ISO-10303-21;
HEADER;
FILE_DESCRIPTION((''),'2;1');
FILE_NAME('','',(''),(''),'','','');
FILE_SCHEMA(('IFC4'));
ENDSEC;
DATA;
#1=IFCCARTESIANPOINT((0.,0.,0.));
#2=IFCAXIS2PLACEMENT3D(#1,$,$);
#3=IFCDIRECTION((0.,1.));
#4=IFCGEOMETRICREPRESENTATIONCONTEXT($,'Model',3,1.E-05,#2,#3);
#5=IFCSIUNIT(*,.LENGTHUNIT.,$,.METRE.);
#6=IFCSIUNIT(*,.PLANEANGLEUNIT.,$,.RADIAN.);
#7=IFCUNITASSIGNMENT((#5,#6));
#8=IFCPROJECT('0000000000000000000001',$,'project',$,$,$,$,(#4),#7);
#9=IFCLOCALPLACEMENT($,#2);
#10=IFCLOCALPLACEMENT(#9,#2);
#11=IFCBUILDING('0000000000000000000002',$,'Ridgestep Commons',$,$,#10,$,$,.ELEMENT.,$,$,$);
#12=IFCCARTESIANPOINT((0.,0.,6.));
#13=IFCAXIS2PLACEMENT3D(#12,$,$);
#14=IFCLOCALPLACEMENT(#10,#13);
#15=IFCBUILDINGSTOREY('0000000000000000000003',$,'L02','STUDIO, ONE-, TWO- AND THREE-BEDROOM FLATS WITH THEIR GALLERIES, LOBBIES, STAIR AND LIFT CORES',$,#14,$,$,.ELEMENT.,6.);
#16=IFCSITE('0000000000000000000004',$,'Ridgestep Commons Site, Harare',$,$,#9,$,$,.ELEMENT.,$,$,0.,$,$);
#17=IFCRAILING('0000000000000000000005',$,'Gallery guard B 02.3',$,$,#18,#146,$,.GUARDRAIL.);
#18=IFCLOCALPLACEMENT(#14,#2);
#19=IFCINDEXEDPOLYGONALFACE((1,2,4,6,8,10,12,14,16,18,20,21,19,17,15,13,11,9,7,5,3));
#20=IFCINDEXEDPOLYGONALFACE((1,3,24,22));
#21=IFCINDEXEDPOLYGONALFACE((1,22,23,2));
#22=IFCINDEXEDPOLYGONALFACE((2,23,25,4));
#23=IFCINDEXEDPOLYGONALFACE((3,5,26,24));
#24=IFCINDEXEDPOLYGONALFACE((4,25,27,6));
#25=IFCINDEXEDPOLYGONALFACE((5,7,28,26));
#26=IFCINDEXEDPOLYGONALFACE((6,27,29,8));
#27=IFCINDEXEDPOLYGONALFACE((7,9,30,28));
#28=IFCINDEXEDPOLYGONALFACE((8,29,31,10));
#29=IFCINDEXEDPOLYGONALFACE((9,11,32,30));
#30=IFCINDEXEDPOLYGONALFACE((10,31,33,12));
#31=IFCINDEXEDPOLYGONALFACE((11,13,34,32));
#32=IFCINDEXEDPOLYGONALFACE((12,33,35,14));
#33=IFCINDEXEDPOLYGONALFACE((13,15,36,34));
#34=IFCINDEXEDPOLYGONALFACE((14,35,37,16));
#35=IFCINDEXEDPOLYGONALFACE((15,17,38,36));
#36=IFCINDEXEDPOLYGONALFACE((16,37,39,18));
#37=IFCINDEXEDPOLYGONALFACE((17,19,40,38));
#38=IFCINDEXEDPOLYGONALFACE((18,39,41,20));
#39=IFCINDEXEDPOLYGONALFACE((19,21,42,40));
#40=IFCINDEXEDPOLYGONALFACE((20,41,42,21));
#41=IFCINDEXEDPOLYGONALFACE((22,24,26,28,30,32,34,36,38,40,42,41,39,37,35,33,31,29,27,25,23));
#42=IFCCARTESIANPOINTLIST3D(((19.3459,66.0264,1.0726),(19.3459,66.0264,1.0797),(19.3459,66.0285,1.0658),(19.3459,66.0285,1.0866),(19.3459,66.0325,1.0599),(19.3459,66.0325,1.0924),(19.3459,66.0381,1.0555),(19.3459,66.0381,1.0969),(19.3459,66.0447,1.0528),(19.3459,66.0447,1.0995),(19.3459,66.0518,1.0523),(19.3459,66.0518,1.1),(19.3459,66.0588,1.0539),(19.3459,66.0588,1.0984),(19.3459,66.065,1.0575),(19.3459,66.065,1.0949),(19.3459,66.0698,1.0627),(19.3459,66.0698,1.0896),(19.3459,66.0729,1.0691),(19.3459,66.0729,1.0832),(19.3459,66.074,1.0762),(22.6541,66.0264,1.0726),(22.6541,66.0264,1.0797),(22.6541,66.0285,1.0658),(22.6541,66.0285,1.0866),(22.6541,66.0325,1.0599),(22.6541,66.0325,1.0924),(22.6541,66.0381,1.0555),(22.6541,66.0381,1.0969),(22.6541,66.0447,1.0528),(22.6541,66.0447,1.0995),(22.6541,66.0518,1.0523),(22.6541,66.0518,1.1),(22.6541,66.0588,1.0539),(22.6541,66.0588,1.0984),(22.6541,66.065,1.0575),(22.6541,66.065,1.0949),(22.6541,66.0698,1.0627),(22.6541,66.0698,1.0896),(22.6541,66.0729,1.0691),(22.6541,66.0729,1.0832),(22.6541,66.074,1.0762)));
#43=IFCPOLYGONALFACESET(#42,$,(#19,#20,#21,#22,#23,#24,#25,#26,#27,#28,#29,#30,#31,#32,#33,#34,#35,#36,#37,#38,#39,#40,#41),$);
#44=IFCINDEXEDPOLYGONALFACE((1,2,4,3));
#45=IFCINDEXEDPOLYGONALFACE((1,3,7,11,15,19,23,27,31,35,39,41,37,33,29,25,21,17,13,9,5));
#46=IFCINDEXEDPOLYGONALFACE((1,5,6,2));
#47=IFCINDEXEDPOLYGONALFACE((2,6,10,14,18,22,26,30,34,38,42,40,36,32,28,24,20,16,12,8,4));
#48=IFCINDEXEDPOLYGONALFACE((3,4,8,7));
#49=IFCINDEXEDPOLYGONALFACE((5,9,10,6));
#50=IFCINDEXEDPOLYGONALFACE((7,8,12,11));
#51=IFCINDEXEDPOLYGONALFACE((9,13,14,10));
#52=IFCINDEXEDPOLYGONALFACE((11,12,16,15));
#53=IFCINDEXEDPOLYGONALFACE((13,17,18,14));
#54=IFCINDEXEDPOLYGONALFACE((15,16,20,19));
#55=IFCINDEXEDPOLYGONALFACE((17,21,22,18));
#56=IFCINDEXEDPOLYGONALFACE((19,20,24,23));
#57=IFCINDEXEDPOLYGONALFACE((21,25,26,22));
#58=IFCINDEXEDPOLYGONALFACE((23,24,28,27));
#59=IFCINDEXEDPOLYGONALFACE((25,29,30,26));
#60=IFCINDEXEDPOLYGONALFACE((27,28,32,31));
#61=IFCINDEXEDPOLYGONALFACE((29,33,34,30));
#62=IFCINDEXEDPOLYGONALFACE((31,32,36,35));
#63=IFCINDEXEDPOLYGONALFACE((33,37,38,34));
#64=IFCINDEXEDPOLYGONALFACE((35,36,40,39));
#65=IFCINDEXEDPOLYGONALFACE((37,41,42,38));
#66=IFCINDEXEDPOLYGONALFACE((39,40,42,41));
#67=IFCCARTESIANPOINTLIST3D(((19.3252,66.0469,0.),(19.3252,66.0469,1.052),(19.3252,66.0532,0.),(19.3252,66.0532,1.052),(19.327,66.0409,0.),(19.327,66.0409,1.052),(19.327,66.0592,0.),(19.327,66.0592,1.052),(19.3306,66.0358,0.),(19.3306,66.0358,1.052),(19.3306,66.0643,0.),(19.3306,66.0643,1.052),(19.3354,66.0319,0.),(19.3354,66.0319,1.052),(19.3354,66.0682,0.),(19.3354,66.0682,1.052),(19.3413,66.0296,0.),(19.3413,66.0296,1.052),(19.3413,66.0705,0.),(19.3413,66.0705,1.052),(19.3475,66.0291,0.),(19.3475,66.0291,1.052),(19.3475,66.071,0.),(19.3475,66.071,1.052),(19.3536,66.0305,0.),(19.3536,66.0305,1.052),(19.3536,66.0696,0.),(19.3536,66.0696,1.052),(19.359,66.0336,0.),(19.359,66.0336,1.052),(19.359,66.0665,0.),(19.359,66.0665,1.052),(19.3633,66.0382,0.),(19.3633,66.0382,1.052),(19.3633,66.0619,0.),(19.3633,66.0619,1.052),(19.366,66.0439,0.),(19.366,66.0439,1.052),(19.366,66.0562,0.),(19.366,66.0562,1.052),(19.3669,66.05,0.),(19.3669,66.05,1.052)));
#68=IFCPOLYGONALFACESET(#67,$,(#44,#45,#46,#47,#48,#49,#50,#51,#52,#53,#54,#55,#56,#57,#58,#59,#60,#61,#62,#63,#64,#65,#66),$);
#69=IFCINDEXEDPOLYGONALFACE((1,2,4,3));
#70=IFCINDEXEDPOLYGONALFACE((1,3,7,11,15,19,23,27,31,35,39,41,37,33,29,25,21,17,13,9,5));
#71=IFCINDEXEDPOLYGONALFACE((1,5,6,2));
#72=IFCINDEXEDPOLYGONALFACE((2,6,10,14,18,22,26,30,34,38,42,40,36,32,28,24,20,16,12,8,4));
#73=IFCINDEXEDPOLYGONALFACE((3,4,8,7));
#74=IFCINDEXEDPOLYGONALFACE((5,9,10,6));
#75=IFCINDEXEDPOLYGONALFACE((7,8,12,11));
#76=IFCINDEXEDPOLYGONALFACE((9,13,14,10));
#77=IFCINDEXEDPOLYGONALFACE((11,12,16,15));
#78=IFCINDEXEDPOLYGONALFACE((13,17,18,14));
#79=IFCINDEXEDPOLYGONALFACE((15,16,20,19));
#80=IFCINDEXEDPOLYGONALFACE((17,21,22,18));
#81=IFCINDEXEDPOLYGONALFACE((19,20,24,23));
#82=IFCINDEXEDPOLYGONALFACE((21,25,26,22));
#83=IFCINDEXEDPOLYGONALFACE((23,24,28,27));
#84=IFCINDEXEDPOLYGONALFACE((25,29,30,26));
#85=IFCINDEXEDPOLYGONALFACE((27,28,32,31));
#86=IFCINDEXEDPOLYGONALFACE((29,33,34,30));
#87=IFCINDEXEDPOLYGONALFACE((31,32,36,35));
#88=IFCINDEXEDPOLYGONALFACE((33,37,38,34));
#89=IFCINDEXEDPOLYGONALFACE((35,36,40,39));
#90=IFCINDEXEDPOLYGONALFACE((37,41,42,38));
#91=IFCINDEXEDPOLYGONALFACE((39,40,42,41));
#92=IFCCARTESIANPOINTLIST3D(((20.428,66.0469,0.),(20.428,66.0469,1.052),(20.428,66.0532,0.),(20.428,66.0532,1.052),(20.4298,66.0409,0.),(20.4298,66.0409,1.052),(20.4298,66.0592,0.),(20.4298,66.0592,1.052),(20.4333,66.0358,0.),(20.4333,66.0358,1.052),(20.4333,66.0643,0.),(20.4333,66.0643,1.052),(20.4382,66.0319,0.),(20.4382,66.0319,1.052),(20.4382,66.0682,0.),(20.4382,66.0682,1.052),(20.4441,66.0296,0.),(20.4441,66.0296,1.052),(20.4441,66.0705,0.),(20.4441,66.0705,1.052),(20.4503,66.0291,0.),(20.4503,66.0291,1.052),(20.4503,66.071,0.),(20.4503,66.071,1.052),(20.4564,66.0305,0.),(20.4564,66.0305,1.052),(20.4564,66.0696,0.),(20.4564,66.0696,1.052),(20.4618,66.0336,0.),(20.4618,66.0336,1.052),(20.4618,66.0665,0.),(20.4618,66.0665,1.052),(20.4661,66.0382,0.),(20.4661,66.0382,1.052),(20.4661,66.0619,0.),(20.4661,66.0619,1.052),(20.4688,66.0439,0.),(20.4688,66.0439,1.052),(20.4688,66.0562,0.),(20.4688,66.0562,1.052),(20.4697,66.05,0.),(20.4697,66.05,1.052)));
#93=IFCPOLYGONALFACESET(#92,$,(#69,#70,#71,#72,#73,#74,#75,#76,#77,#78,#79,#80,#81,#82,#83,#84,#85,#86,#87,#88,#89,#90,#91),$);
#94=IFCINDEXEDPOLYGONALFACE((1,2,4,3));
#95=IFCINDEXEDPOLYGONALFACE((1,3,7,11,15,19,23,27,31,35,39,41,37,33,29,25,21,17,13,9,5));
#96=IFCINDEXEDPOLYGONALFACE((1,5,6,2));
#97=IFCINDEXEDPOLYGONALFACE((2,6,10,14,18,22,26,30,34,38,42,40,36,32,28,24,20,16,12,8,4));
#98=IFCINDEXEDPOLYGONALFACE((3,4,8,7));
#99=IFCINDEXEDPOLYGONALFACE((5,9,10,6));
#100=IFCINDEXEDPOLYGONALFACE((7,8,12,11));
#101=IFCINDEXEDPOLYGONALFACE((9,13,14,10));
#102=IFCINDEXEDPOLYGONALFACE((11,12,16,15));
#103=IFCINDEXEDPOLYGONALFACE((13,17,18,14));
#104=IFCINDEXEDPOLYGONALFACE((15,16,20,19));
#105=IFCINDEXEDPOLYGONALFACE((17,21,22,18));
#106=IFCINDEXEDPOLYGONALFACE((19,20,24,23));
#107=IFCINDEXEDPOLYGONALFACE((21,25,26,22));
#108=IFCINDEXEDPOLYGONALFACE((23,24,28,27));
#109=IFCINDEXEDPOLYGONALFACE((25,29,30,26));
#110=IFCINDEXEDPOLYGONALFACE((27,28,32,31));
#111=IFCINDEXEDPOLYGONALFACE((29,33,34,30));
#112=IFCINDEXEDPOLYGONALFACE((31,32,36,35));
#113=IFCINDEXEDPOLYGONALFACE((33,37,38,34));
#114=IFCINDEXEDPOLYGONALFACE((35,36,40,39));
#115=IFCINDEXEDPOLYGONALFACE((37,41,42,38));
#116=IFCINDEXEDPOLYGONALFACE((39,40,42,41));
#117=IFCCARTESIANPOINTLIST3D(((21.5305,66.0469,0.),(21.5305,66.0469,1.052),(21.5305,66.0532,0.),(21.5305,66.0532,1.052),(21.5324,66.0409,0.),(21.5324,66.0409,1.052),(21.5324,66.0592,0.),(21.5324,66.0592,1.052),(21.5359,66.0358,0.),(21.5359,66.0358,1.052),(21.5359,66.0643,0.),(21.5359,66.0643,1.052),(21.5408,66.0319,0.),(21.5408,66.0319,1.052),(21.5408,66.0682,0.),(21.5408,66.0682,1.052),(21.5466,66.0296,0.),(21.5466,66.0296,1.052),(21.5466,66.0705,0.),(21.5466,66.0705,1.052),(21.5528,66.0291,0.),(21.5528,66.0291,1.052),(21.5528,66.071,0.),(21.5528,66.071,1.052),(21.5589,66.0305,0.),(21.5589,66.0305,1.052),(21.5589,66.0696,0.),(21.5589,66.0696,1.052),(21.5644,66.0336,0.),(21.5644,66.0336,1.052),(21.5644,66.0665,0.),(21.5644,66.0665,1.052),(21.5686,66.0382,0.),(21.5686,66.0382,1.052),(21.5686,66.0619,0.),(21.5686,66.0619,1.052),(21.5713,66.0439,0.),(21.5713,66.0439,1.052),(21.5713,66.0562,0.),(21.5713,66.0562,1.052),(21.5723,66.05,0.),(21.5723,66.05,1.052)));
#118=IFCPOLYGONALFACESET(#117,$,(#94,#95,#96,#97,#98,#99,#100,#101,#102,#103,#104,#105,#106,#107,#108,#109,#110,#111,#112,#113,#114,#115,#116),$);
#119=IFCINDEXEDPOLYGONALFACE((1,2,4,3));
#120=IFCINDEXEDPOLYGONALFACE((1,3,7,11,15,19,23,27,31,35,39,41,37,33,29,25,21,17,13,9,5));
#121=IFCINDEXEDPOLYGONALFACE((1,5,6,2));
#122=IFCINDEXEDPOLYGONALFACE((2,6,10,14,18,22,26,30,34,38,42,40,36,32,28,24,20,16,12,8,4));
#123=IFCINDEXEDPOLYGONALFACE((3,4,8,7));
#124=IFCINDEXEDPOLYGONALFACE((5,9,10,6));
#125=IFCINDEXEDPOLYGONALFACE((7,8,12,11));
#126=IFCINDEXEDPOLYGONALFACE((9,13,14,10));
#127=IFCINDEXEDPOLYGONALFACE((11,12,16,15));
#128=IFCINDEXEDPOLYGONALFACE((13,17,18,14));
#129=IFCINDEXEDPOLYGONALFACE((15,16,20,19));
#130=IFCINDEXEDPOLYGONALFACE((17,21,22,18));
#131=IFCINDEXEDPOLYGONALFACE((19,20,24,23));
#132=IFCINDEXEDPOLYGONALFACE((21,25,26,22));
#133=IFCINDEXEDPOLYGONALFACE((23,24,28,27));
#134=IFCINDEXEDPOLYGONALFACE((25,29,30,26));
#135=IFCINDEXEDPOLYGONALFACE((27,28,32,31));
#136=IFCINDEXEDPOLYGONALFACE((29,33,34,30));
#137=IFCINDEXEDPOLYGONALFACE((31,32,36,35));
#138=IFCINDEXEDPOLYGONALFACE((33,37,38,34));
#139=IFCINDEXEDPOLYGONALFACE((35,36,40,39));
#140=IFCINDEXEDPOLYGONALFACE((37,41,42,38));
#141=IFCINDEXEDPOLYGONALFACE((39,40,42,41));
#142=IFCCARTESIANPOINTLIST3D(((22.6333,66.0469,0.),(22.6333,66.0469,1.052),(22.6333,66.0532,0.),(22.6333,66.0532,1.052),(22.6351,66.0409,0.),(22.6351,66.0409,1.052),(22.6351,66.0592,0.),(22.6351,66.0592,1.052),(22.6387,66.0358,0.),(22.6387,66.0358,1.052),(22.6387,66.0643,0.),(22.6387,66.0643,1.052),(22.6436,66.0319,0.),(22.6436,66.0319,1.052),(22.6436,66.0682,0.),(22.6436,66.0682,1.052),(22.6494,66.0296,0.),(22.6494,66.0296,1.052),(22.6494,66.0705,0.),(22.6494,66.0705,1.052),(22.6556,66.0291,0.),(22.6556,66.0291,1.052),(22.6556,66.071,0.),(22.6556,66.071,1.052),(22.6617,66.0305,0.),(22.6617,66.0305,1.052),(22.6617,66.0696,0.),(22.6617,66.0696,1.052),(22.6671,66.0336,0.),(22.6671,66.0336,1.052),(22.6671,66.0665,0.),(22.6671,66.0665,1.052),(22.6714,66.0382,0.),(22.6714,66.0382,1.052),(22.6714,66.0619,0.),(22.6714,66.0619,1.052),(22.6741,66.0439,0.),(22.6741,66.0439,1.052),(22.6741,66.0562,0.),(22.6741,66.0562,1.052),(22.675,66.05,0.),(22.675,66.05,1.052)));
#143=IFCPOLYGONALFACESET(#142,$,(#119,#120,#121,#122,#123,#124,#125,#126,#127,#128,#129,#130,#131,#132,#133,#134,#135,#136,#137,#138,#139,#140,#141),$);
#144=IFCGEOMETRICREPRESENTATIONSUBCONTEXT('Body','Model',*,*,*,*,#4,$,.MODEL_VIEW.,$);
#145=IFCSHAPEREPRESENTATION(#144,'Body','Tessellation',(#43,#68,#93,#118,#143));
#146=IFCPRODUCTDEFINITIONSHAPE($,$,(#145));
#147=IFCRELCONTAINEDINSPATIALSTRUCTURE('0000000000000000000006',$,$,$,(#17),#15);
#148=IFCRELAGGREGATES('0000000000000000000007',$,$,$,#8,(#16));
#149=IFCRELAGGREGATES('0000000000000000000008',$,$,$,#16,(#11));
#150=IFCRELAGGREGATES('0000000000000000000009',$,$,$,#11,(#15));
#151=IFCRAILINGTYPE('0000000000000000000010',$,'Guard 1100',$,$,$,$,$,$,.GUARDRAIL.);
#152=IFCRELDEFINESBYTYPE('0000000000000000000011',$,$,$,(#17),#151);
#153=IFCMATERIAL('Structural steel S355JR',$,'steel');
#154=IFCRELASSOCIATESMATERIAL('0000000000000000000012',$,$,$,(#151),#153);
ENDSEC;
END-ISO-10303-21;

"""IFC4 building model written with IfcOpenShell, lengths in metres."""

from ifc_helpers import new_model, si_unit, direction, frame, origin, origin_2d, place, context, subcontext, project, spatial, circle, extrude, material, type_object, element, save


model = new_model("IFC4")

# Units and contexts
model_context = context("Model", 3, precision=1e-05, world=origin(), true_north=direction((0.0, 1.0)))
body_context = subcontext(model_context, "Body", "Model", "MODEL_VIEW")
ifc_project = project(units=[si_unit("LENGTHUNIT", "METRE"), si_unit("PLANEANGLEUNIT", "RADIAN")], contexts=[model_context])

# Site, building, storey
site_placement = place(None, origin())
site = spatial("IfcSite", under=ifc_project, at=site_placement, Name="Ridgestep Commons Site, Harare", CompositionType="ELEMENT", RefElevation=0.0)
building_placement = place(site_placement, origin())
building = spatial("IfcBuilding", under=site, at=building_placement, Name="Ridgestep Commons", CompositionType="ELEMENT")
storey_placement = place(building_placement, frame((0.0, 0.0, 6.0)))
storey = spatial("IfcBuildingStorey", under=building, at=storey_placement, Name="L02", Description="STUDIO, ONE-, TWO- AND THREE-BEDROOM FLATS WITH THEIR GALLERIES, LOBBIES, STAIR AND LIFT CORES", CompositionType="ELEMENT", Elevation=6.0)

# Railing
ifc_material_1 = material(Name="Structural steel S355JR", Category="steel")
railing_type = type_object("IfcRailingType", Name="Guard 1100", PredefinedType="GUARDRAIL", material=ifc_material_1)
railing_1_placement = place(storey_placement, frame((19.3459, 66.05, 0.0)))
element("IfcRailing", 1, at=railing_1_placement, inside=storey, type_object=railing_type, Name="Gallery guard B 02.3", PredefinedType="GUARDRAIL", context=body_context, shape_type="SweptSolid", body=[
    extrude(circle(Radius=0.0239, at=origin_2d()), frame((0.0, 0.0, 1.0762), z_axis=(1.0, 0.0, 0.0), x_axis=(0.0, 1.0, 0.0)), (0.0, 0.0, 1.0), 3.3081),
    extrude(circle(Radius=0.021, at=origin_2d()), origin(), (0.0, 0.0, 1.0), 1.052),
    extrude(circle(Radius=0.021, at=origin_2d()), frame((1.1028, 0.0, 0.0)), (0.0, 0.0, 1.0), 1.052),
    extrude(circle(Radius=0.021, at=origin_2d()), frame((2.2053, 0.0, 0.0)), (0.0, 0.0, 1.0), 1.052),
    extrude(circle(Radius=0.021, at=origin_2d()), frame((3.3081, 0.0, 0.0)), (0.0, 0.0, 1.0), 1.052),
])

save(model, "model.ifc")
